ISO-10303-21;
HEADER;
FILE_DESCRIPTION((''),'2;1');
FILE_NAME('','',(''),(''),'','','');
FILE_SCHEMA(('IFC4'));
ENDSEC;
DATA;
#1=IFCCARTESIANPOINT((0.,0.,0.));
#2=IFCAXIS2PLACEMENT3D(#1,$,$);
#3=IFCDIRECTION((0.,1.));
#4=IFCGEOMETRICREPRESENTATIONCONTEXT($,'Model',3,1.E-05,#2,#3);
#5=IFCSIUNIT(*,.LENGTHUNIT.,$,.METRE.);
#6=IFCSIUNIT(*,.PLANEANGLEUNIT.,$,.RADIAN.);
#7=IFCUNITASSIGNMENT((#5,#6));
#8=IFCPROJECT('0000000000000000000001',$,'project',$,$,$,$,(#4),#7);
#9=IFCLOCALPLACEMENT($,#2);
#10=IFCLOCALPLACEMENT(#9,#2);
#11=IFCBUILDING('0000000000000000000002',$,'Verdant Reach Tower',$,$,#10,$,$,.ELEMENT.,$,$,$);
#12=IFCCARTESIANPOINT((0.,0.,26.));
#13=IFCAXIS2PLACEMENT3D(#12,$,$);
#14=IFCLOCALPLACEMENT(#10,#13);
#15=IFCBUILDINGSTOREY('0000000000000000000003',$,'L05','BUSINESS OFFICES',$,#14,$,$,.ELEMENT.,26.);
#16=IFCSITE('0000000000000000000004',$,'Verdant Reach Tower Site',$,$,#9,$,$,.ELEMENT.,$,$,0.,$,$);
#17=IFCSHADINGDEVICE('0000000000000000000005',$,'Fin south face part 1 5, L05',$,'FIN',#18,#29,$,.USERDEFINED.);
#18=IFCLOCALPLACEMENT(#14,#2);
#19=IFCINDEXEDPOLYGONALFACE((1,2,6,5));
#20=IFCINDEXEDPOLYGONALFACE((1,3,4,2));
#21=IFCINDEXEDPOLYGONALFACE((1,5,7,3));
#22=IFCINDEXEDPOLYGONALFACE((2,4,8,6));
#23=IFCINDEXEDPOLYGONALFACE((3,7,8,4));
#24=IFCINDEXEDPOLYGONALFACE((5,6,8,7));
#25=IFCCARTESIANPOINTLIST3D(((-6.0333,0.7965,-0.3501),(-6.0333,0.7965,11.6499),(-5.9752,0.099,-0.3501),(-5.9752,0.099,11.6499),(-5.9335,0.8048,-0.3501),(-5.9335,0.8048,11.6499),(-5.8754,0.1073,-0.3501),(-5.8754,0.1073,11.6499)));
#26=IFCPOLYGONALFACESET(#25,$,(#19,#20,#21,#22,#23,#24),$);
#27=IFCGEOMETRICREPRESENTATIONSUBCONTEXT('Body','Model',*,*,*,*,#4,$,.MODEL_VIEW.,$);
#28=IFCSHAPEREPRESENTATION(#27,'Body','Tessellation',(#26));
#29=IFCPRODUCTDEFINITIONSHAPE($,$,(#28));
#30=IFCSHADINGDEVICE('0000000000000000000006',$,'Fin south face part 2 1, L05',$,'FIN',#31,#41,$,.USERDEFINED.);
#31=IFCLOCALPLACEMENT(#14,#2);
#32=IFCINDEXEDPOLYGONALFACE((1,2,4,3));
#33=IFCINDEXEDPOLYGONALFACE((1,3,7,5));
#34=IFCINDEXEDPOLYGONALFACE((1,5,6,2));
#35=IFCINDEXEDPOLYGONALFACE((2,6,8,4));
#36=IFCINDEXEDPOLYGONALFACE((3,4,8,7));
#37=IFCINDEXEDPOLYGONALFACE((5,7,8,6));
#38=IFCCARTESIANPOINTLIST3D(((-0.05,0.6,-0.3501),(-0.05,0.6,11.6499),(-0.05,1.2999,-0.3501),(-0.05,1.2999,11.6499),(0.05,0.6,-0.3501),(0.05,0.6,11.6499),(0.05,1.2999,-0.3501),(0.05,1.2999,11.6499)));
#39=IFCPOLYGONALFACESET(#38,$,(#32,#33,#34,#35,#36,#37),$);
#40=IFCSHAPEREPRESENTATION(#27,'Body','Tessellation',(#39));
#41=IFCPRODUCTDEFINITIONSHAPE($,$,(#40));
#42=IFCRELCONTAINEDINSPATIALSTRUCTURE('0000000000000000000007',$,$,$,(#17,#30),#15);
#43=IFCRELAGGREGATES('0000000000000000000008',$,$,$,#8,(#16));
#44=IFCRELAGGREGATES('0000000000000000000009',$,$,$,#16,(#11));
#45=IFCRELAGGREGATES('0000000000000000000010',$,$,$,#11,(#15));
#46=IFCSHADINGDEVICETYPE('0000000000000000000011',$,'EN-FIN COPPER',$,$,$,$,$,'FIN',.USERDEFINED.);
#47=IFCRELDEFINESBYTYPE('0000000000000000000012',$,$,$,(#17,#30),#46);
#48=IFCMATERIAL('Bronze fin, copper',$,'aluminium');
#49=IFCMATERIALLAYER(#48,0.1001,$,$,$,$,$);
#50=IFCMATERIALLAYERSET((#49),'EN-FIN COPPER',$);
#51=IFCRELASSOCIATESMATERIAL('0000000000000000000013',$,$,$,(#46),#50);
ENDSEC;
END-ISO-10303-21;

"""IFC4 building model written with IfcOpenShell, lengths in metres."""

from ifc_helpers import new_model, si_unit, direction, frame, origin, origin_2d, place, context, subcontext, project, spatial, rectangle, extrude, material, layer, layer_set, type_object, element, save


model = new_model("IFC4")

# Units and contexts
model_context = context("Model", 3, precision=1e-05, world=origin(), true_north=direction((0.0, 1.0)))
body_context = subcontext(model_context, "Body", "Model", "MODEL_VIEW")
ifc_project = project(units=[si_unit("LENGTHUNIT", "METRE"), si_unit("PLANEANGLEUNIT", "RADIAN")], contexts=[model_context])

# Site, building, storey
site_placement = place(None, origin())
site = spatial("IfcSite", under=ifc_project, at=site_placement, Name="Verdant Reach Tower Site", CompositionType="ELEMENT", RefElevation=0.0)
building_placement = place(site_placement, origin())
building = spatial("IfcBuilding", under=site, at=building_placement, Name="Verdant Reach Tower", CompositionType="ELEMENT")
storey_placement = place(building_placement, frame((0.0, 0.0, 26.0)))
storey = spatial("IfcBuildingStorey", under=building, at=storey_placement, Name="L05", Description="BUSINESS OFFICES", CompositionType="ELEMENT", Elevation=26.0)

# Shading devices
ifc_material_1 = material(Name="Bronze fin, copper", Category="aluminium")
ifc_layer_1 = layer(ifc_material_1, 0.1001)
ifc_layer_set_1 = layer_set([ifc_layer_1], Name="EN-FIN COPPER")
shading_device_type_1 = type_object("IfcShadingDeviceType", Name="EN-FIN COPPER", ElementType="FIN", PredefinedType="USERDEFINED", material=ifc_layer_set_1)
for number, where, z_axis, x_axis, name in (
    (1, (-5.9543, 0.4519, -0.3501), (0.0, 0.0, 1.0), (0.996546, 0.083045, 0.0), "Fin south face part 1 5, L05"),
    (2, (0.0, 0.95, -0.3501), (0.0, 0.0, 1.0), (1.0, 0.0, 0.0), "Fin south face part 2 1, L05"),
):
    element("IfcShadingDevice", number, at=place(storey_placement, frame(where, z_axis=z_axis, x_axis=x_axis)), inside=storey, type_object=shading_device_type_1, Name=name, ObjectType="FIN", PredefinedType="USERDEFINED", context=body_context, shape_type="SweptSolid", body=[
        extrude(rectangle(XDim=0.1001, YDim=0.7, at=origin_2d()), origin(), (0.0, 0.0, 1.0), 12.0),
    ])

save(model, "model.ifc")
